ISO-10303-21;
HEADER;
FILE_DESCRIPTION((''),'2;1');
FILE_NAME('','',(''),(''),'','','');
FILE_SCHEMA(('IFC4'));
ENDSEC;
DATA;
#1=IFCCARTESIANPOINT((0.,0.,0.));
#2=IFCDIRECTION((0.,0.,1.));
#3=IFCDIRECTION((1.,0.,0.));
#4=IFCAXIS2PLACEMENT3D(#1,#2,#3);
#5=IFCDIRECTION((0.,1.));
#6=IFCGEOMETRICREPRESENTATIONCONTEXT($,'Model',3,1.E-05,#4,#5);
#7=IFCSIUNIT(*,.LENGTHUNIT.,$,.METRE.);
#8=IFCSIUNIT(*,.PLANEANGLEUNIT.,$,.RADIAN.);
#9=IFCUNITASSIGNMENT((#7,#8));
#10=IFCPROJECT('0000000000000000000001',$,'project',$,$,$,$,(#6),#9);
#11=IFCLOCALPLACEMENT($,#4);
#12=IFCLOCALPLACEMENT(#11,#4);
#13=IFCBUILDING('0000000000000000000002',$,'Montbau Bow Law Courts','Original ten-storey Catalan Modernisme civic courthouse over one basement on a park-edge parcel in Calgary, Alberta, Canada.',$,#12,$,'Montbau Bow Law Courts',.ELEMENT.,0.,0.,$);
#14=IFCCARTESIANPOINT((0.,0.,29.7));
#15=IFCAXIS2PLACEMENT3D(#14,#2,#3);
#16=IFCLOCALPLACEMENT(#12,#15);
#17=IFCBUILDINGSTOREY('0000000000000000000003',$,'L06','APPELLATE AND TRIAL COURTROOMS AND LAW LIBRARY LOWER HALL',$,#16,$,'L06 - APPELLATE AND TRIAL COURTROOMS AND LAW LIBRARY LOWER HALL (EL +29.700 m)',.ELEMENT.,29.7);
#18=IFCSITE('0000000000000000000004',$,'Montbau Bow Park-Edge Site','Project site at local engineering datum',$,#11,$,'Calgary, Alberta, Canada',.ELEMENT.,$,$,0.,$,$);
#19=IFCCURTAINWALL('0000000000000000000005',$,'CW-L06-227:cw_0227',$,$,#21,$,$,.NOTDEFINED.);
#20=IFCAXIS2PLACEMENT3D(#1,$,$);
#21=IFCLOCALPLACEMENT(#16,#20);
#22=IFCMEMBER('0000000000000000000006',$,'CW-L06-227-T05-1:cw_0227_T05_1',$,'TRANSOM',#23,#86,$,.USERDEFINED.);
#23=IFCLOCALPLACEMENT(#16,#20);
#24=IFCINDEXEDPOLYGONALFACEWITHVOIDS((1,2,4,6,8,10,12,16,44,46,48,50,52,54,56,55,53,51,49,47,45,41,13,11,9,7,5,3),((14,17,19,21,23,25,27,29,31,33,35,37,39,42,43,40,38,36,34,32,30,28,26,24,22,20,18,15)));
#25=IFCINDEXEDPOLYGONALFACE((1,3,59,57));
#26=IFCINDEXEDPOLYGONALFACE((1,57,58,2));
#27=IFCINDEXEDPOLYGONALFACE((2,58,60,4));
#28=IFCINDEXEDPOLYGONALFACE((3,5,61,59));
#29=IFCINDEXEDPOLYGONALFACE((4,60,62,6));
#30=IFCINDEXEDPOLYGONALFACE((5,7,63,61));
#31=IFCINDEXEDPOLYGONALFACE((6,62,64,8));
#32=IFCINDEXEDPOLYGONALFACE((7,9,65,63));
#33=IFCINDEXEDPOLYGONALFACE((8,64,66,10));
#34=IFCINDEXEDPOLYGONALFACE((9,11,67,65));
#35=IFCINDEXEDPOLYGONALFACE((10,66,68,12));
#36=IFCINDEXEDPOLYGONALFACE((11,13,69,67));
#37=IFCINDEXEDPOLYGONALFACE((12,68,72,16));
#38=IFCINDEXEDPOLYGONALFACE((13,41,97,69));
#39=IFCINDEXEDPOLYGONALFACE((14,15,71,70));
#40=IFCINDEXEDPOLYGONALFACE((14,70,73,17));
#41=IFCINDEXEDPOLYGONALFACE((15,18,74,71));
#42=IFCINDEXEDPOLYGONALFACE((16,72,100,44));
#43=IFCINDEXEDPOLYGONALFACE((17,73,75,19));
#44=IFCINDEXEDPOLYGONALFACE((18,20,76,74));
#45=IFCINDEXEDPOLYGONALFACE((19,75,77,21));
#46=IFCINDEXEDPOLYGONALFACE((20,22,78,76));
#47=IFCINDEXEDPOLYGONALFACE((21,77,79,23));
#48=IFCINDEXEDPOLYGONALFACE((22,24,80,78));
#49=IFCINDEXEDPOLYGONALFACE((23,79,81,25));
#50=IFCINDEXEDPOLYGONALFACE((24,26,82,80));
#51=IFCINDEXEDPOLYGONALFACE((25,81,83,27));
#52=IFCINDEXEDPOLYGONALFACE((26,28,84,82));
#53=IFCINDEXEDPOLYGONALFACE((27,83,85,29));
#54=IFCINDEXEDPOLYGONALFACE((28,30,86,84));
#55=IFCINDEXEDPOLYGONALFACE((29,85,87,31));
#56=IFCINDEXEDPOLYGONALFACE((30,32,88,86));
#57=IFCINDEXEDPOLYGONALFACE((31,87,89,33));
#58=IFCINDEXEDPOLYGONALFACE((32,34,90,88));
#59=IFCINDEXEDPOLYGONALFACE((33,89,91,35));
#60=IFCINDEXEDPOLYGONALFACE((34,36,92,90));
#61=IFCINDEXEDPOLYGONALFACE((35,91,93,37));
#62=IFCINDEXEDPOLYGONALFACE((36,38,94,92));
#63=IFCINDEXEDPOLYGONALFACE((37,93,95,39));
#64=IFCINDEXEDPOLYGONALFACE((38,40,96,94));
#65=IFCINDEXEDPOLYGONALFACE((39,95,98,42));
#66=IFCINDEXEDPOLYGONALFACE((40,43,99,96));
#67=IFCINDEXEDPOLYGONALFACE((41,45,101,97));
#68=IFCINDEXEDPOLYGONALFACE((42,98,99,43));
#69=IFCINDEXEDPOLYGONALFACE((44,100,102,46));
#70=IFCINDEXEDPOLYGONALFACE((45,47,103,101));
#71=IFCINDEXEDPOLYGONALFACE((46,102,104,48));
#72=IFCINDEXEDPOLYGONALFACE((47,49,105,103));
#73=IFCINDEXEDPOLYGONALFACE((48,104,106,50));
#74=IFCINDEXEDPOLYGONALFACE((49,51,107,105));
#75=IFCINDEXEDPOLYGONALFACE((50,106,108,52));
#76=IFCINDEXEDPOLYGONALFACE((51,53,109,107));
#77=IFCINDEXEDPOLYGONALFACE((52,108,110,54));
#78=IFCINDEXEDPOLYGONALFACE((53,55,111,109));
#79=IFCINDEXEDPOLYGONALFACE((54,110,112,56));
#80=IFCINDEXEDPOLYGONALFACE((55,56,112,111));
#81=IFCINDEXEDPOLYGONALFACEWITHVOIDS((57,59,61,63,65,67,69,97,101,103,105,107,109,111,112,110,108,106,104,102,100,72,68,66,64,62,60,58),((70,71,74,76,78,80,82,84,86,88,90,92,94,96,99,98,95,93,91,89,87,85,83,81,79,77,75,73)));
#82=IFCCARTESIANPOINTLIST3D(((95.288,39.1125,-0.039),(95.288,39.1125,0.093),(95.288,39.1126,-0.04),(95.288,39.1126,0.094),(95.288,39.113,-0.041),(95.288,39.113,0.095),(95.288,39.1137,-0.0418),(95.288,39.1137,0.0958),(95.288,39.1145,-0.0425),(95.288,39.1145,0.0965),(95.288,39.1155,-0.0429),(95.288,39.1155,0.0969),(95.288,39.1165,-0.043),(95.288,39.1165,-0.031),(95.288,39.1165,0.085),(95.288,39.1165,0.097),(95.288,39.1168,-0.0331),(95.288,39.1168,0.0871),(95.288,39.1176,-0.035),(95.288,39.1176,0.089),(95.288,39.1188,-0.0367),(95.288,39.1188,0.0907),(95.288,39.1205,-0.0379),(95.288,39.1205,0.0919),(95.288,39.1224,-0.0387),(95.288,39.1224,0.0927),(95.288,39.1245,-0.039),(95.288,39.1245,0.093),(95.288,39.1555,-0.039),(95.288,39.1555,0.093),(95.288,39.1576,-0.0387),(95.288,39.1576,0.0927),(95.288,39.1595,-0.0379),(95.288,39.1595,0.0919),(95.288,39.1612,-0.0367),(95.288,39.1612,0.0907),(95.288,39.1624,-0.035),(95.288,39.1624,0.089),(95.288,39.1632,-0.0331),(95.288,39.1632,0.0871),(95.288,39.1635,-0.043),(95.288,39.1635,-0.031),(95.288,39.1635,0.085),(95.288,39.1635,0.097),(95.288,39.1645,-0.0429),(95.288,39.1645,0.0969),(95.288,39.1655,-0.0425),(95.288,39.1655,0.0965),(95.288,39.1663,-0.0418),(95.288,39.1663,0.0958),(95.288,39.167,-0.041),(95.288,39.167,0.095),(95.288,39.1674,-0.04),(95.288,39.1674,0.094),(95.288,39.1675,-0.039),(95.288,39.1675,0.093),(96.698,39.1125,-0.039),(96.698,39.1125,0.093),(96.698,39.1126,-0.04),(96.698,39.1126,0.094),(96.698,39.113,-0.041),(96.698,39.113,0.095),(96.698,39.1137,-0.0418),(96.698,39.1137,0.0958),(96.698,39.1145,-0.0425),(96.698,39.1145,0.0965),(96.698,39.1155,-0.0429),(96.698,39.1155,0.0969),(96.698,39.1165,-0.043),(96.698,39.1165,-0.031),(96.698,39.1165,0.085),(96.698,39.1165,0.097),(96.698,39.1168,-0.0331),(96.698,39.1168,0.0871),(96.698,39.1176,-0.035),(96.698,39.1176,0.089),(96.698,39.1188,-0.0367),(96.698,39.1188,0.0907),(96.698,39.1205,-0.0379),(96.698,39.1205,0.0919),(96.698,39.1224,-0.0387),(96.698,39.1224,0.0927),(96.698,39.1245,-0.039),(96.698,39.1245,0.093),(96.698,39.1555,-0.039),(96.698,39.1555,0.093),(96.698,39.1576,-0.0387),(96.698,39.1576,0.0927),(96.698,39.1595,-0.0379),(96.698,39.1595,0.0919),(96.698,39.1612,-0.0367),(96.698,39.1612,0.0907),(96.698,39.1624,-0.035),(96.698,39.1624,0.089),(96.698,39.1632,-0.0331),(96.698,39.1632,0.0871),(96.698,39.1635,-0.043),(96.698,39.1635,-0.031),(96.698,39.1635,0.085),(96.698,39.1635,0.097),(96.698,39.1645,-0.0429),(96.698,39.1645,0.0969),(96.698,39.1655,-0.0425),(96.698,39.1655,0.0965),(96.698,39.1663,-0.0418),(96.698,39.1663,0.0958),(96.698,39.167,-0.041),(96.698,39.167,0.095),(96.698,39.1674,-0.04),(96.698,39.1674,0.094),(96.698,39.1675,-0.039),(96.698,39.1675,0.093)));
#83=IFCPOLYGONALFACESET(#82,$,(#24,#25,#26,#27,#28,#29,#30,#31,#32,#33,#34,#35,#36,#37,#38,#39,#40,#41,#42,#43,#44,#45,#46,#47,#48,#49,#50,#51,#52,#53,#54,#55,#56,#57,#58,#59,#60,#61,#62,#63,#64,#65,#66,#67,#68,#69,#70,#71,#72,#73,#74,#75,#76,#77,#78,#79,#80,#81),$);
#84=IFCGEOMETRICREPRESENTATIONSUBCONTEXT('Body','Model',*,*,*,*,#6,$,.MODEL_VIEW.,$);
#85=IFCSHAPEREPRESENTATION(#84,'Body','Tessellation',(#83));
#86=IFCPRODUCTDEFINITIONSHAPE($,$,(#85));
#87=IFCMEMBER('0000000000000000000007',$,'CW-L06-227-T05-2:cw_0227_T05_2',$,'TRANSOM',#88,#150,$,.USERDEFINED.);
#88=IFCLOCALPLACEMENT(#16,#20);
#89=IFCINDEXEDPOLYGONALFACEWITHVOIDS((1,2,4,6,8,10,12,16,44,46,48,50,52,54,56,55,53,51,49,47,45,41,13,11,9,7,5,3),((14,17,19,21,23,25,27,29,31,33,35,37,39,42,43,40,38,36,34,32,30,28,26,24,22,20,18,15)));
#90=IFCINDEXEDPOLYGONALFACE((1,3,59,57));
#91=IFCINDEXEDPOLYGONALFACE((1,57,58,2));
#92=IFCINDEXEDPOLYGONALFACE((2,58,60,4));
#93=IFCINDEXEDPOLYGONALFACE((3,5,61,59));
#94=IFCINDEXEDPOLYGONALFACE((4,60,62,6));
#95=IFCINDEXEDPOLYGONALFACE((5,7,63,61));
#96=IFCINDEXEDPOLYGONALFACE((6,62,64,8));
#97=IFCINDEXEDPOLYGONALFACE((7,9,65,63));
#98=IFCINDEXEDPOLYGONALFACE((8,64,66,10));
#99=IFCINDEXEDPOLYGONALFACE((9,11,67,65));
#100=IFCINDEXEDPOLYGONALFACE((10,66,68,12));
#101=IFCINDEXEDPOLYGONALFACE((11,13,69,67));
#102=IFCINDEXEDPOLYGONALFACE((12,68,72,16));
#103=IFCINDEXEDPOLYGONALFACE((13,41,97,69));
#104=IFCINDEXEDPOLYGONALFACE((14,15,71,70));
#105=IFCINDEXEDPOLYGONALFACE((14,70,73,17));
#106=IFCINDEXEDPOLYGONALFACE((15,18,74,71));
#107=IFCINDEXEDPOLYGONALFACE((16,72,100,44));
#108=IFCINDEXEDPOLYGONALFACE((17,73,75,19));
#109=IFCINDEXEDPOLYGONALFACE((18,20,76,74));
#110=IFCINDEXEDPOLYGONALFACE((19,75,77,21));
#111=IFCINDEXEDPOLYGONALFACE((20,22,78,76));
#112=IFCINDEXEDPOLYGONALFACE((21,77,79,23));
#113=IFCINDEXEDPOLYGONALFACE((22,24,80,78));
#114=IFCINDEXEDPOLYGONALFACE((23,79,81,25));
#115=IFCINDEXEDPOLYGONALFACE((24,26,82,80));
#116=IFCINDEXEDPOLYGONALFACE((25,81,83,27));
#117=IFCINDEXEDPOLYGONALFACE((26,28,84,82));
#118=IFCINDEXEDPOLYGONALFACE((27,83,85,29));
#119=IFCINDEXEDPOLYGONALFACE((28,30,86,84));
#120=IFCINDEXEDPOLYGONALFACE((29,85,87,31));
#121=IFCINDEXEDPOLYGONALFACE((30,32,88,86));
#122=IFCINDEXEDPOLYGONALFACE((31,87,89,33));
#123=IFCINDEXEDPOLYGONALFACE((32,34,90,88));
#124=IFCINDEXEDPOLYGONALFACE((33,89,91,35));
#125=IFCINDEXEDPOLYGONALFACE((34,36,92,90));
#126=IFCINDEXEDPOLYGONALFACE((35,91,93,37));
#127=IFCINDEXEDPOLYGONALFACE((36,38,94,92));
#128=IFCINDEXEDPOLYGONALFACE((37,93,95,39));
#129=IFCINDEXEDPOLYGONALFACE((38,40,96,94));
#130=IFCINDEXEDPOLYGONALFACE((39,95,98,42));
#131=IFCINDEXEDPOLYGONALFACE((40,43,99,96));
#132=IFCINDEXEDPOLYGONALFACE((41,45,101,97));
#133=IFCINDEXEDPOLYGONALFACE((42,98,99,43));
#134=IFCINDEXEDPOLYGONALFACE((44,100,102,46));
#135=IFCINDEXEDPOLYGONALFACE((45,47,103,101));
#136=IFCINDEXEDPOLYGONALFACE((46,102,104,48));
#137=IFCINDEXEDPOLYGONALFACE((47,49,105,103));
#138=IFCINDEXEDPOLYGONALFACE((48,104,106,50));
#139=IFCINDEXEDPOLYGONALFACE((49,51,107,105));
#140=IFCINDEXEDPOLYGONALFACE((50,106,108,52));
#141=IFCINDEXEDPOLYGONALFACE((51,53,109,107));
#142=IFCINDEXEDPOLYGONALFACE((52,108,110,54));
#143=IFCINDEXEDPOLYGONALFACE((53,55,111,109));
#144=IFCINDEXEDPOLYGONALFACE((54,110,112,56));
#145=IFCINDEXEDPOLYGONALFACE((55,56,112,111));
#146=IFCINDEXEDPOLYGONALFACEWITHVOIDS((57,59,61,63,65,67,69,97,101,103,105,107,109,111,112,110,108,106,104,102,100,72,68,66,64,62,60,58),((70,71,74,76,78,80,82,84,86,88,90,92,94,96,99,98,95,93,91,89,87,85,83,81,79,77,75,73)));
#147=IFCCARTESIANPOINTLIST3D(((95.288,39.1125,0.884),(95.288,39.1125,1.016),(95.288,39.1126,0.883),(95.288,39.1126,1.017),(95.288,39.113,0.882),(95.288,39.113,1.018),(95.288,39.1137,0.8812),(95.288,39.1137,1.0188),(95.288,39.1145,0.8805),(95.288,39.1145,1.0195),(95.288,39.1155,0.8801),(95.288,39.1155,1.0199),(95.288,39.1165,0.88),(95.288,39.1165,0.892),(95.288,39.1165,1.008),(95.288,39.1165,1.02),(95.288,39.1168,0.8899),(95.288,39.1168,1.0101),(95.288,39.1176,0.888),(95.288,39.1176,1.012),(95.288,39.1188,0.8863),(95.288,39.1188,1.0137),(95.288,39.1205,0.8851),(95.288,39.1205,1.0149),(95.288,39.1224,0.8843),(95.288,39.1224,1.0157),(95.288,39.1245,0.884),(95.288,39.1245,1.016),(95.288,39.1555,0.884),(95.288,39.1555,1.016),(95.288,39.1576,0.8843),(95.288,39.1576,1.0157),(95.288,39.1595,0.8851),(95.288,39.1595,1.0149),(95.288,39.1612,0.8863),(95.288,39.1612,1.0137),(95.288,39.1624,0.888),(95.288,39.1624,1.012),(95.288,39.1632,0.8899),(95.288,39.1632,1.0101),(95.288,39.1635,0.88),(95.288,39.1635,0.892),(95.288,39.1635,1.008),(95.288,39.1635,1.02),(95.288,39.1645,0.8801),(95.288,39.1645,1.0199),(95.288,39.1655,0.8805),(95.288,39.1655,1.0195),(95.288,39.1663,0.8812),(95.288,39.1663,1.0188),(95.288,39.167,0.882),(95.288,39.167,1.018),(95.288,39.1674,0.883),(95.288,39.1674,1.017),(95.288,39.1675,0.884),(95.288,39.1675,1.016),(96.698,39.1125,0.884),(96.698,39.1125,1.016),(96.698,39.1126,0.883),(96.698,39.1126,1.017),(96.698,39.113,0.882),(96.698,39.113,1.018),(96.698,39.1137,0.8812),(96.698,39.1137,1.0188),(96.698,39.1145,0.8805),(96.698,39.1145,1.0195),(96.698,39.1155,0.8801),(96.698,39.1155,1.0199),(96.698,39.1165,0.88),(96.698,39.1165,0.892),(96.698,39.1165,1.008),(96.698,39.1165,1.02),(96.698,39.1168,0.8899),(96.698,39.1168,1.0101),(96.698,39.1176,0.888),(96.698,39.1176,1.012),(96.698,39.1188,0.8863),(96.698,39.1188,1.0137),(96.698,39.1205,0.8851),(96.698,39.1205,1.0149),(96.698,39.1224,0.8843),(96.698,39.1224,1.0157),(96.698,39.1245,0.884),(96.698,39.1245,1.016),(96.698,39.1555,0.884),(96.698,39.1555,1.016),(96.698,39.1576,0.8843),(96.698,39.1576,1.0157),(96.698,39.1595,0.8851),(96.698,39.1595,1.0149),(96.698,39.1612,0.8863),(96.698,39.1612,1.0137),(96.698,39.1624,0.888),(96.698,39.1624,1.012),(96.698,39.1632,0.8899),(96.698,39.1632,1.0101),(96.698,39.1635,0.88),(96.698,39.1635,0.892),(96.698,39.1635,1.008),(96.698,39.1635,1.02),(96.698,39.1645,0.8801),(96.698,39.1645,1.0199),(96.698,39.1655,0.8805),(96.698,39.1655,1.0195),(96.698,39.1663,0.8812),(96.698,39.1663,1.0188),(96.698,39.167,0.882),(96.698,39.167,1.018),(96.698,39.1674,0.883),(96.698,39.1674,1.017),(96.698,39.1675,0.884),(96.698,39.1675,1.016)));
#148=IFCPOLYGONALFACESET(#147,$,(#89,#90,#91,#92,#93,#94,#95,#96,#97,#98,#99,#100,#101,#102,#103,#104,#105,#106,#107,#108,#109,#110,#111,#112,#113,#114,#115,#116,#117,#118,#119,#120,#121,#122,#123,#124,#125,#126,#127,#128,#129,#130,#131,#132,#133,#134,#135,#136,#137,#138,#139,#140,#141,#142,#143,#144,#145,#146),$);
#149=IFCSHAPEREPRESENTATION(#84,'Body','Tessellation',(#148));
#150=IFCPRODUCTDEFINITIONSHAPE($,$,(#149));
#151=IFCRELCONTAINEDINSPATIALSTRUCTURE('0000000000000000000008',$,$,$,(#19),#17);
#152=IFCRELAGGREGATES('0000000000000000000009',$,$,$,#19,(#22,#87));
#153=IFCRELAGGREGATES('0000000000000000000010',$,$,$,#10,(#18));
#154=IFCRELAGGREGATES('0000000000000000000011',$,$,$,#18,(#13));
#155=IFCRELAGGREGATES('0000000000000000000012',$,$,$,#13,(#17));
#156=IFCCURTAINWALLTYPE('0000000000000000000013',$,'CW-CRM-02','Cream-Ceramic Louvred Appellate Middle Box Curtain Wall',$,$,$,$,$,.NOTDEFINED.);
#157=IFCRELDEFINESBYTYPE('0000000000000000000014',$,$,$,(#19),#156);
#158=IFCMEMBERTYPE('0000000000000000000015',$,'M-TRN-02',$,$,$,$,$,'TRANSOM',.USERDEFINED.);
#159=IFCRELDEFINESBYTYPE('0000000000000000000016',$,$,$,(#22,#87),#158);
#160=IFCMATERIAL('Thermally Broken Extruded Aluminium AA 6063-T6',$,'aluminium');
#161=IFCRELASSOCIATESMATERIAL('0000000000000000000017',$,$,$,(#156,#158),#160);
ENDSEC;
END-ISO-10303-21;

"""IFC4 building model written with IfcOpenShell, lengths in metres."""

from ifc_helpers import new_model, si_unit, direction, frame, origin_with_axes, origin_2d_with_axis, place, context, subcontext, project, spatial, hollow_rectangle, extrude, material, material_profile, profile_set, type_object, element, aggregate, save


model = new_model("IFC4")

# Units and contexts
model_context = context("Model", 3, precision=1e-05, world=origin_with_axes(), true_north=direction((0.0, 1.0)))
body_context = subcontext(model_context, "Body", "Model", "MODEL_VIEW")
ifc_project = project(units=[si_unit("LENGTHUNIT", "METRE"), si_unit("PLANEANGLEUNIT", "RADIAN")], contexts=[model_context])

# Site, building, storey
site_placement = place(None, origin_with_axes())
site = spatial("IfcSite", under=ifc_project, at=site_placement, Name="Montbau Bow Park-Edge Site", Description="Project site at local engineering datum", LongName="Calgary, Alberta, Canada", CompositionType="ELEMENT", RefElevation=0.0)
building_placement = place(site_placement, origin_with_axes())
building = spatial("IfcBuilding", under=site, at=building_placement, Name="Montbau Bow Law Courts", Description="Original ten-storey Catalan Modernisme civic courthouse over one basement on a park-edge parcel in Calgary, Alberta, Canada.", LongName="Montbau Bow Law Courts", CompositionType="ELEMENT", ElevationOfRefHeight=0.0, ElevationOfTerrain=0.0)
storey_placement = place(building_placement, frame((0.0, 0.0, 29.7), z_axis=(0.0, 0.0, 1.0), x_axis=(1.0, 0.0, 0.0)))
storey = spatial("IfcBuildingStorey", under=building, at=storey_placement, Name="L06", Description="APPELLATE AND TRIAL COURTROOMS AND LAW LIBRARY LOWER HALL", LongName="L06 - APPELLATE AND TRIAL COURTROOMS AND LAW LIBRARY LOWER HALL (EL +29.700 m)", CompositionType="ELEMENT", Elevation=29.7)

# Curtain wall, members
ifc_material_1 = material(Name="Thermally Broken Extruded Aluminium AA 6063-T6", Category="aluminium")
curtain_wall_type = type_object("IfcCurtainWallType", Name="CW-CRM-02", Description="Cream-Ceramic Louvred Appellate Middle Box Curtain Wall", PredefinedType="NOTDEFINED", material=ifc_material_1)
curtain_wall_placement = place(None, frame((89.24, 39.14, 29.7), z_axis=(0.0, 0.0, 1.0), x_axis=(1.0, 0.0, 0.0)))
curtain_wall = element("IfcCurtainWall", 1, at=curtain_wall_placement, inside=storey, type_object=curtain_wall_type, Name="CW-L06-227:cw_0227", PredefinedType="NOTDEFINED")
ifc_material_profile_1 = material_profile(ifc_material_1, hollow_rectangle(XDim=0.055, YDim=0.14, WallThickness=0.004, InnerFilletRadius=0.008, OuterFilletRadius=0.004, at=origin_2d_with_axis()), Name="CWT-140X55", Category="Main", Priority=0)
ifc_profile_set_1 = profile_set([ifc_material_profile_1], Name="Thermally Broken Extruded Aluminium AA 6063-T6")
member_type_1 = type_object("IfcMemberType", Name="M-TRN-02", ElementType="TRANSOM", PredefinedType="USERDEFINED", material=ifc_profile_set_1)
member_1_placement = place(None, frame((95.288, 39.14, 29.727), z_axis=(1.0, 0.0, 0.0), x_axis=(0.0, 1.0, 0.0)))
member_1 = element("IfcMember", 2, at=member_1_placement, type_object=member_type_1, Name="CW-L06-227-T05-1:cw_0227_T05_1", ObjectType="TRANSOM", PredefinedType="USERDEFINED", context=body_context, shape_type="SweptSolid", body=[
    extrude(hollow_rectangle(XDim=0.055, YDim=0.14, WallThickness=0.004, InnerFilletRadius=0.008, OuterFilletRadius=0.004, at=origin_2d_with_axis()), origin_with_axes(), (0.0, 0.0, 1.0), 1.41),
])
member_2_placement = place(None, frame((95.288, 39.14, 30.65), z_axis=(1.0, 0.0, 0.0), x_axis=(0.0, 1.0, 0.0)))
member_2 = element("IfcMember", 3, at=member_2_placement, type_object=member_type_1, Name="CW-L06-227-T05-2:cw_0227_T05_2", ObjectType="TRANSOM", PredefinedType="USERDEFINED", context=body_context, shape_type="SweptSolid", body=[
    extrude(hollow_rectangle(XDim=0.055, YDim=0.14, WallThickness=0.004, InnerFilletRadius=0.008, OuterFilletRadius=0.004, at=origin_2d_with_axis()), origin_with_axes(), (0.0, 0.0, 1.0), 1.41),
])
aggregate(curtain_wall, [member_1, member_2])

save(model, "model.ifc")
